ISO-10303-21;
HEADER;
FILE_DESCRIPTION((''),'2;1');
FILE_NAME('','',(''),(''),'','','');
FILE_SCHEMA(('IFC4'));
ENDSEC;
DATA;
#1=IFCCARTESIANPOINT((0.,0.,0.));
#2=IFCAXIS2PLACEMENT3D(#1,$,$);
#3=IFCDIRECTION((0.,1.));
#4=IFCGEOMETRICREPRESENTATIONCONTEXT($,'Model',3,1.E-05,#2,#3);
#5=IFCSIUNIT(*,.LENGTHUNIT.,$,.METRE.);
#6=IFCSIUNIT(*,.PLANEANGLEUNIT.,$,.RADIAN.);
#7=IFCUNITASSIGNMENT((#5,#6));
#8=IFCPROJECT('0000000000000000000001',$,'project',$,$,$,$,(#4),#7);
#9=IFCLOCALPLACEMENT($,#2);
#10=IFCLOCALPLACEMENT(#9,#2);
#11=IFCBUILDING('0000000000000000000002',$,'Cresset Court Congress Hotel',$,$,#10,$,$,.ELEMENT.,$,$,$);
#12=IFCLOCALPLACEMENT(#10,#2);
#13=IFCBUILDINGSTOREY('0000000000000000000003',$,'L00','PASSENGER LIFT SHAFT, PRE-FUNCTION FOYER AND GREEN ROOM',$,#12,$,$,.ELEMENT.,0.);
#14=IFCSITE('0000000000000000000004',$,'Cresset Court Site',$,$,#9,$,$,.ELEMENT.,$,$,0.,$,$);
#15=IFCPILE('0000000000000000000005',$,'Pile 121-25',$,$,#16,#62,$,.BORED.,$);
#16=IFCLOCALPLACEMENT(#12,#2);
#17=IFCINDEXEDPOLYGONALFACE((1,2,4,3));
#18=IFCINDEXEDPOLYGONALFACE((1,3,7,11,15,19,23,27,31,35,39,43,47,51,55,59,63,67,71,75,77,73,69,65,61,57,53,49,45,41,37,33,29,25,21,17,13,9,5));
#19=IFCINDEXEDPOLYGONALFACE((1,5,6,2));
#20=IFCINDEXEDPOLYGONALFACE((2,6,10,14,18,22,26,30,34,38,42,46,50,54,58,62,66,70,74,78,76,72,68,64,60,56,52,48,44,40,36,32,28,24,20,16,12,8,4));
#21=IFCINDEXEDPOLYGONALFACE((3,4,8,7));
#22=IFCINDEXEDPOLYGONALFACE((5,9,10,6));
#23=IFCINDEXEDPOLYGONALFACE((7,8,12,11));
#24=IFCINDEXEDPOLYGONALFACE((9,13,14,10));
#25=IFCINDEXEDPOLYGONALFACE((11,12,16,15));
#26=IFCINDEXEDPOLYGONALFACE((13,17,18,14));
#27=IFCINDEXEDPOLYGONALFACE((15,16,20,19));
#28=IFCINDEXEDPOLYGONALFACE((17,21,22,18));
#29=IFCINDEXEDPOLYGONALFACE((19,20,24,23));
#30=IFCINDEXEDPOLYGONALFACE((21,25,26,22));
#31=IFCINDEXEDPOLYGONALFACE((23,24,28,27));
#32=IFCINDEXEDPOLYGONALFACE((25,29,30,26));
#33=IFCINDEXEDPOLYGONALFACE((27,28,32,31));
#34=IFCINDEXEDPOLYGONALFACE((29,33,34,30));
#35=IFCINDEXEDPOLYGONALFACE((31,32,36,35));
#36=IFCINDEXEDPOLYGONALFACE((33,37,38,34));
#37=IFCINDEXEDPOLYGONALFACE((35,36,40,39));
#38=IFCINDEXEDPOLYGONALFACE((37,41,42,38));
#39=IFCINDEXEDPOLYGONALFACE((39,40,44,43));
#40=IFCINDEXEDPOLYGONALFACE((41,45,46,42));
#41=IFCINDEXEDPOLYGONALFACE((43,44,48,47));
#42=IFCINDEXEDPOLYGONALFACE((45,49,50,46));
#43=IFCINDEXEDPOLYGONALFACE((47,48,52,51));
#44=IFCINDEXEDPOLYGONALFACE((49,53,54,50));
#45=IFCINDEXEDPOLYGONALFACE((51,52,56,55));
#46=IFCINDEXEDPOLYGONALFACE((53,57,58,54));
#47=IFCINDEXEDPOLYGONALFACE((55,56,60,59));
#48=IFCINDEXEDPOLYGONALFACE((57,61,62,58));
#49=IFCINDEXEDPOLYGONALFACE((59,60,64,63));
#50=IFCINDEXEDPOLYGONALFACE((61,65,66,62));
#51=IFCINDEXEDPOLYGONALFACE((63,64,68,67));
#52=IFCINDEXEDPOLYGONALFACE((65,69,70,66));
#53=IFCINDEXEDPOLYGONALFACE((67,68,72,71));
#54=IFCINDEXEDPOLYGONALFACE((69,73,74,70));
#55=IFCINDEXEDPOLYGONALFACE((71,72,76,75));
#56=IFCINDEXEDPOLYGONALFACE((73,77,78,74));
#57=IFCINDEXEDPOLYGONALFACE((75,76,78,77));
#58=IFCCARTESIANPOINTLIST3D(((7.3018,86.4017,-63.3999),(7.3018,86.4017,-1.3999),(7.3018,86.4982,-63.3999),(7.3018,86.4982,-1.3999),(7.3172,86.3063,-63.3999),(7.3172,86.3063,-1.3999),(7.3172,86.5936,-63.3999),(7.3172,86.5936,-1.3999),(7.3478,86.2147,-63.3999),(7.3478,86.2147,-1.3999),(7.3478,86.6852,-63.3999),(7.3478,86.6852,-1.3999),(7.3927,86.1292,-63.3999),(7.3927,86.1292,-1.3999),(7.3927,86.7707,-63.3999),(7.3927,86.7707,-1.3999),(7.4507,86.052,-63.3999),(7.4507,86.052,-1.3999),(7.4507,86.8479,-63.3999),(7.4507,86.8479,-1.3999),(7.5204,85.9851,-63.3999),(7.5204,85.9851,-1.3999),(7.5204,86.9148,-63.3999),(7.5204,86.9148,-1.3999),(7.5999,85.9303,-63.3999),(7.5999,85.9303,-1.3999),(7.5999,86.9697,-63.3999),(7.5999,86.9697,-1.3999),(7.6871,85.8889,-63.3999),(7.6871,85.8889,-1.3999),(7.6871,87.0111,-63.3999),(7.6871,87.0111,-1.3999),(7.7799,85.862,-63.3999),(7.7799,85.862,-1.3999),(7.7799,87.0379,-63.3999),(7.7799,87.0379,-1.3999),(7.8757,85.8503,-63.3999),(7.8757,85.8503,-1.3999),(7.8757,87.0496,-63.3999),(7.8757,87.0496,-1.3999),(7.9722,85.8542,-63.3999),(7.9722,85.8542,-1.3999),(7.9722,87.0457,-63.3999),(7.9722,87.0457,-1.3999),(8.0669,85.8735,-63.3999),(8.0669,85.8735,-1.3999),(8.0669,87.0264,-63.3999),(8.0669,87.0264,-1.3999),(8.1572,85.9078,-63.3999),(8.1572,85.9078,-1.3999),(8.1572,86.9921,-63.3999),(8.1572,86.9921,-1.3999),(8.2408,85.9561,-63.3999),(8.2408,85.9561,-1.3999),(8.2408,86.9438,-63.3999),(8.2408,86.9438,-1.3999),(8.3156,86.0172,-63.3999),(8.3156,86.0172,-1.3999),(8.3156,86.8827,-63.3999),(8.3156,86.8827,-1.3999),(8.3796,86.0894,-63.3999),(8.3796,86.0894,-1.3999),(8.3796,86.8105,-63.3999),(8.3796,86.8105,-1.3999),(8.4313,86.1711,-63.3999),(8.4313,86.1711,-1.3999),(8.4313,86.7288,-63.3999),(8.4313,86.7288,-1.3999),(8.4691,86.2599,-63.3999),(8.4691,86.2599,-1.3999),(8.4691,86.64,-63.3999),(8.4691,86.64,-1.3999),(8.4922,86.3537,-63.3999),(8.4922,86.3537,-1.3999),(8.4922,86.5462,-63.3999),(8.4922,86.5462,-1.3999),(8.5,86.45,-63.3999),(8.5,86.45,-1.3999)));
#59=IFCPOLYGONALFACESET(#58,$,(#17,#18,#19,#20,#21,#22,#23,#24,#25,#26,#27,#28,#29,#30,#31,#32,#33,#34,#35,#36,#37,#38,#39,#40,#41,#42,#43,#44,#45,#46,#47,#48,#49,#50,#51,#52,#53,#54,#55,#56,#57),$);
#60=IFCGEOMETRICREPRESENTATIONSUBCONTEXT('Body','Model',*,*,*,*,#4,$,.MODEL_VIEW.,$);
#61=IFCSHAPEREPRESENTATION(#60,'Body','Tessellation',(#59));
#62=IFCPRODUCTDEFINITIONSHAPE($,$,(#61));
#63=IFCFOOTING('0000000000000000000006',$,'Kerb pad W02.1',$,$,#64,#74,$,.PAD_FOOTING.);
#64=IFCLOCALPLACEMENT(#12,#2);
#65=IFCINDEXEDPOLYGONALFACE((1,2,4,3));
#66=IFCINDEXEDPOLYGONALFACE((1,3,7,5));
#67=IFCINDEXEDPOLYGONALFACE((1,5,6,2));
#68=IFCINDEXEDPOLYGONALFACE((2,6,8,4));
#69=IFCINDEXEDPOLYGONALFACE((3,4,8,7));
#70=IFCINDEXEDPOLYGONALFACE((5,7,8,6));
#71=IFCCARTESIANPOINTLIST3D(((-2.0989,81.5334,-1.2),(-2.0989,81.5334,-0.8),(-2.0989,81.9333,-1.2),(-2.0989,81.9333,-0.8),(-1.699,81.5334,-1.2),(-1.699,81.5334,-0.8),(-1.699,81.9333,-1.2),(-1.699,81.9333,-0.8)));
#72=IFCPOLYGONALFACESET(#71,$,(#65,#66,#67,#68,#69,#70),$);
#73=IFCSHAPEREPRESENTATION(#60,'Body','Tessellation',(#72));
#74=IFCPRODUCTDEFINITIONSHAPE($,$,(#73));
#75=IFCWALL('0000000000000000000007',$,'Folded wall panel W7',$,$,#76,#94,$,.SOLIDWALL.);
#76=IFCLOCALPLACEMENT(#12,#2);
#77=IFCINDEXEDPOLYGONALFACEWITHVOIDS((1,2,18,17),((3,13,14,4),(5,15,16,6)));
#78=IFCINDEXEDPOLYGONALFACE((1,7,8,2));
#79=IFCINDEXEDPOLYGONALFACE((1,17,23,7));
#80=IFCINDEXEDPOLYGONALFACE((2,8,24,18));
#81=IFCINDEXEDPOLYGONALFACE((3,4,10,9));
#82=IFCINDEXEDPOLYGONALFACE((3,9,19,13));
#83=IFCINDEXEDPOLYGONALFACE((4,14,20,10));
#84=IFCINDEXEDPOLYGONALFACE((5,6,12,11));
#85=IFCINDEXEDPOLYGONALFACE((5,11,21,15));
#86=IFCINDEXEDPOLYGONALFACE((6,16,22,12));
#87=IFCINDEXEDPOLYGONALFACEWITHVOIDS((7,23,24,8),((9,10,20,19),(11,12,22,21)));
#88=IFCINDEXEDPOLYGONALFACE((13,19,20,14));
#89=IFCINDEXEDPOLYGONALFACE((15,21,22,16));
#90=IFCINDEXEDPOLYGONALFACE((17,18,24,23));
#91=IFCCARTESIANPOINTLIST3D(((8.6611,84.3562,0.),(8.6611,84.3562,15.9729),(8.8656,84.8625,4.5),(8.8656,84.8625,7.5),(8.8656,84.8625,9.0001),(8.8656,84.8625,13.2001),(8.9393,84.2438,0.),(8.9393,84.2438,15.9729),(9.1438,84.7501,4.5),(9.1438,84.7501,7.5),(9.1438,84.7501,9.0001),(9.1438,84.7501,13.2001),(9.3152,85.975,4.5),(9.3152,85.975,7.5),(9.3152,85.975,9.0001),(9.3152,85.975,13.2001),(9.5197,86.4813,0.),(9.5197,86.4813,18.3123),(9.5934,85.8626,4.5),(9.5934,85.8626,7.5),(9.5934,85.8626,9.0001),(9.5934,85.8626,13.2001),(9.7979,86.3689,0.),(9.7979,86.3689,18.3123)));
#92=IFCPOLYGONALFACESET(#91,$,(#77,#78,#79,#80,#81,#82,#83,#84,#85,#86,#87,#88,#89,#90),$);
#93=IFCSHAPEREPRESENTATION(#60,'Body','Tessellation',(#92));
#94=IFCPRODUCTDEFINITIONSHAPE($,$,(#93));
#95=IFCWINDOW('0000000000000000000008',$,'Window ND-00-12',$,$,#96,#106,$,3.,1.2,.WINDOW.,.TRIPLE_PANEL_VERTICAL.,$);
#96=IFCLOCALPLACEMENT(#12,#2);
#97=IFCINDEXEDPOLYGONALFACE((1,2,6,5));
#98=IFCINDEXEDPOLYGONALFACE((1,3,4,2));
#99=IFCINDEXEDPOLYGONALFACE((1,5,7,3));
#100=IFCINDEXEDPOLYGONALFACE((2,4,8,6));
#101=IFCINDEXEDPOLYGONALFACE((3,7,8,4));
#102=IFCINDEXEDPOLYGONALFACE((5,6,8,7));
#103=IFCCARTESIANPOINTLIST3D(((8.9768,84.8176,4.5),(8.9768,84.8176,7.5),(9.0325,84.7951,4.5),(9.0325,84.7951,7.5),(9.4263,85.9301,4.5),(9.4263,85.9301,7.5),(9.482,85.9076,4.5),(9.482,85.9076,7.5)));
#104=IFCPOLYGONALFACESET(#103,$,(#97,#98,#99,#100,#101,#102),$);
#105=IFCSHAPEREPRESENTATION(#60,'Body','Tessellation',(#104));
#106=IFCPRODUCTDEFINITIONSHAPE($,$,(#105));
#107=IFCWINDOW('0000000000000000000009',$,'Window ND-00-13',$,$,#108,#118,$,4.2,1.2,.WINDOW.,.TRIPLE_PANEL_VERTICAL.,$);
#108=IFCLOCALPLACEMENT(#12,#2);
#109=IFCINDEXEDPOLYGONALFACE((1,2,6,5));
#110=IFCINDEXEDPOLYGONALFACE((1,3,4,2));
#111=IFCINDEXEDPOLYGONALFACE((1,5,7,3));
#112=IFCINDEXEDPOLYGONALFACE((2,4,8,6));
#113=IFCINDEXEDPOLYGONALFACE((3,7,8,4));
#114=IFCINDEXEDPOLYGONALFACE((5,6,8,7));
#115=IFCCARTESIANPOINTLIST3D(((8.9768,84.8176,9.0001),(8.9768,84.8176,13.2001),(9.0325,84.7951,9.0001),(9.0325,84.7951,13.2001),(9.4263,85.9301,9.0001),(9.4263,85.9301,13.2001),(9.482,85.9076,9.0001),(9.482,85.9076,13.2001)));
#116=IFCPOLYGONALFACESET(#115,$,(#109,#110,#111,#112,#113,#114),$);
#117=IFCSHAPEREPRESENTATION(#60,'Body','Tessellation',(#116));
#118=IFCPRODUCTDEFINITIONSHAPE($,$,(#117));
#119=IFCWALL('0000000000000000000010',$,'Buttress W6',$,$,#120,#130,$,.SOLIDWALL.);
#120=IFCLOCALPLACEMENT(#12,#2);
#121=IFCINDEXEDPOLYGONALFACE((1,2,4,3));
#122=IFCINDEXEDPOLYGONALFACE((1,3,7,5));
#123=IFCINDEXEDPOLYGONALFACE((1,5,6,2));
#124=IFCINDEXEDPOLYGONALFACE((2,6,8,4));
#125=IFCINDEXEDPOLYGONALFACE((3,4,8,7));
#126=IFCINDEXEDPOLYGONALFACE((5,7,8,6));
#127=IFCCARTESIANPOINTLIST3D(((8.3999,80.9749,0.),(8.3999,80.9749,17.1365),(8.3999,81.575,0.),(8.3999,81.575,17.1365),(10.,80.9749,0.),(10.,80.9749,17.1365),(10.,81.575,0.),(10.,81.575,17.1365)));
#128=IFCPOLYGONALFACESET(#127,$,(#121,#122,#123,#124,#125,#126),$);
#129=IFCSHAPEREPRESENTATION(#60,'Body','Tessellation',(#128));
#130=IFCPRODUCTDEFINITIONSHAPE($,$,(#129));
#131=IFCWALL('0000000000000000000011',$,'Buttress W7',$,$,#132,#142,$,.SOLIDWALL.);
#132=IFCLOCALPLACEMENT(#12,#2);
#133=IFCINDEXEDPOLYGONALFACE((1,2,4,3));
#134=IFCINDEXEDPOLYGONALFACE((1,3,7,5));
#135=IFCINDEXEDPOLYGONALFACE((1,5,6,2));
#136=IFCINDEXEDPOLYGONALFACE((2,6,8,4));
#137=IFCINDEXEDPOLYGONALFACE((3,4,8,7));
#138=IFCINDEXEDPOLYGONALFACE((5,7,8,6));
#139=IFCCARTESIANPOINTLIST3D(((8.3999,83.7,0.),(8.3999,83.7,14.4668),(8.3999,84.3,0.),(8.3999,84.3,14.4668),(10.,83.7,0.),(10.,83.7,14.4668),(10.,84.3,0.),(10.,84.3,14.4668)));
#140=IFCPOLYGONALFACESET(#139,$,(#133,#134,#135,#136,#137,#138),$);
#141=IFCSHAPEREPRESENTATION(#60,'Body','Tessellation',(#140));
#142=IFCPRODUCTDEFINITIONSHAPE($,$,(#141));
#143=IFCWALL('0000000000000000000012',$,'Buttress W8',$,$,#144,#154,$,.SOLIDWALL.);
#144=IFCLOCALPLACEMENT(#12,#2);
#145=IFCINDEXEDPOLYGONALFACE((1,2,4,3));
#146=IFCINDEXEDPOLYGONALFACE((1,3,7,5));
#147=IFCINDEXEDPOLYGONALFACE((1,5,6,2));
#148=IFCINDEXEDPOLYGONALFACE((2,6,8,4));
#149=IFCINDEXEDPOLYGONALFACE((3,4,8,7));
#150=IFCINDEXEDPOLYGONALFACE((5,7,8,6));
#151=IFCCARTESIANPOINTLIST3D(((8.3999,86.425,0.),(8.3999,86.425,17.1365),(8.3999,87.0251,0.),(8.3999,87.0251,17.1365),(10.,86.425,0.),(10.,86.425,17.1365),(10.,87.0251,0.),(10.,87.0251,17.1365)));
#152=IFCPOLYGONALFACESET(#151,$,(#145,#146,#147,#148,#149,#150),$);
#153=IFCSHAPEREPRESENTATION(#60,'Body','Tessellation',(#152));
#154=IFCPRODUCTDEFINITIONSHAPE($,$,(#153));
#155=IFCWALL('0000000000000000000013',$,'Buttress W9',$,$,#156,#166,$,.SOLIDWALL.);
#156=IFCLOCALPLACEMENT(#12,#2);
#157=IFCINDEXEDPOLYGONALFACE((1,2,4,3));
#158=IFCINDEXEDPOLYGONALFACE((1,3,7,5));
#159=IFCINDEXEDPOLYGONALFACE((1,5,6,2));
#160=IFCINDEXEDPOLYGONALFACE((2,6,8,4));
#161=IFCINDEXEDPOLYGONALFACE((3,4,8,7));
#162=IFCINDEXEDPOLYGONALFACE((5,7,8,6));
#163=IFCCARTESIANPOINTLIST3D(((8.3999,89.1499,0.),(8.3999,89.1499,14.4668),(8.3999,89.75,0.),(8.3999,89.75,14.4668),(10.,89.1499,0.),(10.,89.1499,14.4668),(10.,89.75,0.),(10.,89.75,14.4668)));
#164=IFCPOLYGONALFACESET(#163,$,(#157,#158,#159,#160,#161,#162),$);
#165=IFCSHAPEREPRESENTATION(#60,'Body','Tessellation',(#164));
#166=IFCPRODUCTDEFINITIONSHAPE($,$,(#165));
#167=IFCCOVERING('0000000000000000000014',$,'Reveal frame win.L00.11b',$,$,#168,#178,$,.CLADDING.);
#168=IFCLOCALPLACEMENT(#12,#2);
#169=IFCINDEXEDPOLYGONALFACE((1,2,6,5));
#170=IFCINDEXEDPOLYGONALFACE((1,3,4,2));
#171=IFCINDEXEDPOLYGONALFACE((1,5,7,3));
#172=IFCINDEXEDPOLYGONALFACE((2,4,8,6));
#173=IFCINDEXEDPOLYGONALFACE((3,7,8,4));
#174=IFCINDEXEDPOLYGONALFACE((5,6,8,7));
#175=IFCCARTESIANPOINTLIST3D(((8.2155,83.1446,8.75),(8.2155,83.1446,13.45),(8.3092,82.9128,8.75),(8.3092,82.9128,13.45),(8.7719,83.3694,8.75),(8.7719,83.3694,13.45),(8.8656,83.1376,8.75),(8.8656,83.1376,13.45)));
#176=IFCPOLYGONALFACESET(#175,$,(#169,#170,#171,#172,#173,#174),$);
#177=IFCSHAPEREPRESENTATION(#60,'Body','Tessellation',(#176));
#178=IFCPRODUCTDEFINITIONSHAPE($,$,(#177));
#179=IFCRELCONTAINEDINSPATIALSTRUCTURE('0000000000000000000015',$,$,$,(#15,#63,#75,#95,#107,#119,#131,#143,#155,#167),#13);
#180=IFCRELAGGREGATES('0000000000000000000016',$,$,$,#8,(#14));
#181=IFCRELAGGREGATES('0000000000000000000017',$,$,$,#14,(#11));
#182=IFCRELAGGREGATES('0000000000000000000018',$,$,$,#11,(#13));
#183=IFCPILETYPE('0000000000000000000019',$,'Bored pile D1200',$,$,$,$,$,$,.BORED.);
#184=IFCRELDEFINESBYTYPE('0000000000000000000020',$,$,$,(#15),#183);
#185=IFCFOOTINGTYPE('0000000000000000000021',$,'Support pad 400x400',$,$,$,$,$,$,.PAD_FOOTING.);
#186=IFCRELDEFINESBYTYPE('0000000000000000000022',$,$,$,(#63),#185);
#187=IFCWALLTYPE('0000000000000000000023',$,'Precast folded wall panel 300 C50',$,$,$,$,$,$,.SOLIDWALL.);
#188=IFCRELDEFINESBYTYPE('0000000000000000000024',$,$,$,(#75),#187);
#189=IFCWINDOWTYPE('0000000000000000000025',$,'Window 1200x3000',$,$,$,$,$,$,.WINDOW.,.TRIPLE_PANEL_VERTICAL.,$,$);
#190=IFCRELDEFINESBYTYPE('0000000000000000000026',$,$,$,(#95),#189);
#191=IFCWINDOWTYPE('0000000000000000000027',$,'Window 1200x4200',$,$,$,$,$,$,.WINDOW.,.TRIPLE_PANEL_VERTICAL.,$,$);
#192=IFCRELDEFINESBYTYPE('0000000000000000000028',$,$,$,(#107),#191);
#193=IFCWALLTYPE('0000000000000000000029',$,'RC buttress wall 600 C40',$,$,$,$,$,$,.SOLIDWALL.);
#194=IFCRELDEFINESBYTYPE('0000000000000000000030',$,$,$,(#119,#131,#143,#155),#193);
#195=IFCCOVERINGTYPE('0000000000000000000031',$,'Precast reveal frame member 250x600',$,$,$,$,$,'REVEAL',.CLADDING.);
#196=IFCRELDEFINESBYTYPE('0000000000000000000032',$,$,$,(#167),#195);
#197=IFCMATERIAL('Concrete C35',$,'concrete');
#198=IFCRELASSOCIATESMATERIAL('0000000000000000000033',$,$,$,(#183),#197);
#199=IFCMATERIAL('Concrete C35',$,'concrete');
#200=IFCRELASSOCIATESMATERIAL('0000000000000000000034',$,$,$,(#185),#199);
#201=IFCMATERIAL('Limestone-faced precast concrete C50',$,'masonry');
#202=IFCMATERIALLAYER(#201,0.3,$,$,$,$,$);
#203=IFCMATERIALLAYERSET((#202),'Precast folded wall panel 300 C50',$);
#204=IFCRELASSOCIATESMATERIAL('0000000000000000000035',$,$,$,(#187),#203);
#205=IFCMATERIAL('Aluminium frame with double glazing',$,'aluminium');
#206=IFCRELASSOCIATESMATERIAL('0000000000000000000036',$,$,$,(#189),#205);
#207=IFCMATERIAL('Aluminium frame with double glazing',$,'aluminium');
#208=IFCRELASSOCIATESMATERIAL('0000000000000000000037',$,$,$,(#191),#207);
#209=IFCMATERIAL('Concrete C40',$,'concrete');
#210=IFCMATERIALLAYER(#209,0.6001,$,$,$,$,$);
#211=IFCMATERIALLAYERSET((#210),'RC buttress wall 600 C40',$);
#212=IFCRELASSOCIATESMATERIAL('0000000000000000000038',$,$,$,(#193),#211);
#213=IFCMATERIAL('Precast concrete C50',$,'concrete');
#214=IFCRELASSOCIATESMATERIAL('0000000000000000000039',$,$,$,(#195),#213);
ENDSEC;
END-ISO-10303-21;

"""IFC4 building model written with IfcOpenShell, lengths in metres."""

from ifc_helpers import new_model, si_unit, direction, frame, frame_2d, origin, origin_2d, place, context, subcontext, project, spatial, polyline, rectangle, circle, outline, extrude, material, layer, layer_set, type_object, element, fill, save


model = new_model("IFC4")

# Units and contexts
model_context = context("Model", 3, precision=1e-05, world=origin(), true_north=direction((0.0, 1.0)))
body_context = subcontext(model_context, "Body", "Model", "MODEL_VIEW")
ifc_project = project(units=[si_unit("LENGTHUNIT", "METRE"), si_unit("PLANEANGLEUNIT", "RADIAN")], contexts=[model_context])

# Site, building, storey
site_placement = place(None, origin())
site = spatial("IfcSite", under=ifc_project, at=site_placement, Name="Cresset Court Site", CompositionType="ELEMENT", RefElevation=0.0)
building_placement = place(site_placement, origin())
building = spatial("IfcBuilding", under=site, at=building_placement, Name="Cresset Court Congress Hotel", CompositionType="ELEMENT")
storey_placement = place(building_placement, origin())
storey = spatial("IfcBuildingStorey", under=building, at=storey_placement, Name="L00", Description="PASSENGER LIFT SHAFT, PRE-FUNCTION FOYER AND GREEN ROOM", CompositionType="ELEMENT", Elevation=0.0)

# Pile
ifc_material_1 = material(Name="Concrete C35", Category="concrete")
pile_type = type_object("IfcPileType", Name="Bored pile D1200", PredefinedType="BORED", material=ifc_material_1)
pile_placement = place(storey_placement, frame((7.8999, 86.45, -1.3999), z_axis=(0.0, 0.0, -1.0), x_axis=(1.0, 0.0, 0.0)))
element("IfcPile", 1, at=pile_placement, inside=storey, type_object=pile_type, Name="Pile 121-25", PredefinedType="BORED", context=body_context, shape_type="SweptSolid", body=[
    extrude(circle(Radius=0.6001, at=origin_2d()), origin(), (0.0, 0.0, 1.0), 62.0),
])

# Footing
ifc_material_2 = material(Name="Concrete C35", Category="concrete")
footing_type = type_object("IfcFootingType", Name="Support pad 400x400", PredefinedType="PAD_FOOTING", material=ifc_material_2)
footing_placement = place(storey_placement, frame((-1.8989, 81.7334, -1.2), z_axis=(0.0, 0.0, 1.0), x_axis=(1.0, 0.0, 0.0)))
element("IfcFooting", 2, at=footing_placement, inside=storey, type_object=footing_type, Name="Kerb pad W02.1", PredefinedType="PAD_FOOTING", context=body_context, shape_type="SweptSolid", body=[
    extrude(rectangle(XDim=0.3999, YDim=0.3999, at=origin_2d()), origin(), (0.0, 0.0, 1.0), 0.3999),
])

# Wall, openings, windows
ifc_material_3 = material(Name="Limestone-faced precast concrete C50", Category="masonry")
ifc_layer_1 = layer(ifc_material_3, 0.3)
ifc_layer_set_1 = layer_set([ifc_layer_1], Name="Precast folded wall panel 300 C50")
wall_type_1 = type_object("IfcWallType", Name="Precast folded wall panel 300 C50", PredefinedType="SOLIDWALL", material=ifc_layer_set_1)
wall_1_placement = place(storey_placement, frame((8.8, 84.3, 0.0), z_axis=(0.0, 0.0, 1.0), x_axis=(0.374639, 0.927171, 0.0)))
wall_1 = element("IfcWall", 3, at=wall_1_placement, inside=storey, type_object=wall_type_1, Name="Folded wall panel W7", PredefinedType="SOLIDWALL", context=body_context, shape_type="SweptSolid", body=[
    extrude(outline(polyline([(0.0, 0.0), (2.292, 0.0), (2.292, 18.3123), (0.0, 15.9729), (0.0, 0.0)])), frame((0.0, 0.1499, 0.0), z_axis=(0.0, -1.0, 0.0), x_axis=(1.0, 0.0, 0.0)), (0.0, 0.0, 1.0), 0.3),
])
opening_1_placement = place(wall_1_placement, frame((0.5459, 0.0, 4.5)))
opening_1 = element("IfcOpeningElement", 4, at=opening_1_placement, cuts=wall_1, PredefinedType="OPENING", context=body_context, shape_type="SweptSolid", body=[
    extrude(rectangle(XDim=1.2, YDim=3.0, at=frame_2d((0.6001, 1.5))), frame((0.0, 0.1599, 0.0), z_axis=(0.0, -1.0, 0.0), x_axis=(1.0, 0.0, 0.0)), (0.0, 0.0, 1.0), 0.3201),
])
opening_2_placement = place(wall_1_placement, frame((0.5459, 0.0, 9.0)))
opening_2 = element("IfcOpeningElement", 5, at=opening_2_placement, cuts=wall_1, PredefinedType="OPENING", context=body_context, shape_type="SweptSolid", body=[
    extrude(rectangle(XDim=1.2, YDim=4.2, at=frame_2d((0.6001, 2.1001))), frame((0.0, 0.1599, 0.0), z_axis=(0.0, -1.0, 0.0), x_axis=(1.0, 0.0, 0.0)), (0.0, 0.0, 1.0), 0.3201),
])
ifc_material_4 = material(Name="Aluminium frame with double glazing", Category="aluminium")
window_type_1 = type_object("IfcWindowType", Name="Window 1200x3000", PartitioningType="TRIPLE_PANEL_VERTICAL", PredefinedType="WINDOW", material=ifc_material_4)
window_1_placement = place(opening_1_placement, origin())
window_1 = element("IfcWindow", 6, at=window_1_placement, inside=storey, type_object=window_type_1, Name="Window ND-00-12", OverallHeight=3.0, OverallWidth=1.2, PartitioningType="TRIPLE_PANEL_VERTICAL", PredefinedType="WINDOW", context=body_context, shape_type="SweptSolid", body=[
    extrude(rectangle(XDim=1.2, YDim=3.0, at=frame_2d((0.6001, 1.5))), frame((0.0, 0.03, 0.0), z_axis=(0.0, -1.0, 0.0), x_axis=(1.0, 0.0, 0.0)), (0.0, 0.0, 1.0), 0.0601),
])
fill(opening_1, window_1)
ifc_material_5 = material(Name="Aluminium frame with double glazing", Category="aluminium")
window_type_2 = type_object("IfcWindowType", Name="Window 1200x4200", PartitioningType="TRIPLE_PANEL_VERTICAL", PredefinedType="WINDOW", material=ifc_material_5)
window_2_placement = place(opening_2_placement, origin())
window_2 = element("IfcWindow", 7, at=window_2_placement, inside=storey, type_object=window_type_2, Name="Window ND-00-13", OverallHeight=4.2, OverallWidth=1.2, PartitioningType="TRIPLE_PANEL_VERTICAL", PredefinedType="WINDOW", context=body_context, shape_type="SweptSolid", body=[
    extrude(rectangle(XDim=1.2, YDim=4.2, at=frame_2d((0.6001, 2.1001))), frame((0.0, 0.03, 0.0), z_axis=(0.0, -1.0, 0.0), x_axis=(1.0, 0.0, 0.0)), (0.0, 0.0, 1.0), 0.0601),
])
fill(opening_2, window_2)

# Walls
ifc_material_6 = material(Name="Concrete C40", Category="concrete")
ifc_layer_2 = layer(ifc_material_6, 0.6001)
ifc_layer_set_2 = layer_set([ifc_layer_2], Name="RC buttress wall 600 C40")
wall_type_2 = type_object("IfcWallType", Name="RC buttress wall 600 C40", PredefinedType="SOLIDWALL", material=ifc_layer_set_2)
wall_2_placement = place(storey_placement, frame((8.3999, 81.2749, 0.0), z_axis=(0.0, 0.0, 1.0), x_axis=(1.0, 0.0, 0.0)))
element("IfcWall", 8, at=wall_2_placement, inside=storey, type_object=wall_type_2, Name="Buttress W6", PredefinedType="SOLIDWALL", context=body_context, shape_type="SweptSolid", body=[
    extrude(rectangle(XDim=1.6001, YDim=0.6001, at=frame_2d((0.8, 0.0))), origin(), (0.0, 0.0, 1.0), 17.1365),
])
wall_3_placement = place(storey_placement, frame((8.3999, 84.0, 0.0), z_axis=(0.0, 0.0, 1.0), x_axis=(1.0, 0.0, 0.0)))
element("IfcWall", 9, at=wall_3_placement, inside=storey, type_object=wall_type_2, Name="Buttress W7", PredefinedType="SOLIDWALL", context=body_context, shape_type="SweptSolid", body=[
    extrude(rectangle(XDim=1.6001, YDim=0.6001, at=frame_2d((0.8, 0.0))), origin(), (0.0, 0.0, 1.0), 14.4668),
])
wall_4_placement = place(storey_placement, frame((8.3999, 86.7251, 0.0), z_axis=(0.0, 0.0, 1.0), x_axis=(1.0, 0.0, 0.0)))
element("IfcWall", 10, at=wall_4_placement, inside=storey, type_object=wall_type_2, Name="Buttress W8", PredefinedType="SOLIDWALL", context=body_context, shape_type="SweptSolid", body=[
    extrude(rectangle(XDim=1.6001, YDim=0.6001, at=frame_2d((0.8, 0.0))), origin(), (0.0, 0.0, 1.0), 17.1365),
])
wall_5_placement = place(storey_placement, frame((8.3999, 89.45, 0.0), z_axis=(0.0, 0.0, 1.0), x_axis=(1.0, 0.0, 0.0)))
element("IfcWall", 11, at=wall_5_placement, inside=storey, type_object=wall_type_2, Name="Buttress W9", PredefinedType="SOLIDWALL", context=body_context, shape_type="SweptSolid", body=[
    extrude(rectangle(XDim=1.6001, YDim=0.6001, at=frame_2d((0.8, 0.0))), origin(), (0.0, 0.0, 1.0), 14.4668),
])

# Covering
ifc_material_7 = material(Name="Precast concrete C50", Category="concrete")
covering_type_1 = type_object("IfcCoveringType", Name="Precast reveal frame member 250x600", ElementType="REVEAL", PredefinedType="CLADDING", material=ifc_material_7)
covering_1_placement = place(storey_placement, frame((8.5405, 83.1411, 8.75), z_axis=(0.0, 0.0, 1.0), x_axis=(-0.374623, 0.927177, 0.0)))
element("IfcCovering", 12, at=covering_1_placement, inside=storey, type_object=covering_type_1, Name="Reveal frame win.L00.11b", PredefinedType="CLADDING", context=body_context, shape_type="SweptSolid", body=[
    extrude(rectangle(XDim=0.25, YDim=0.6001, at=origin_2d()), origin(), (0.0, 0.0, 1.0), 4.7),
])

save(model, "model.ifc")
